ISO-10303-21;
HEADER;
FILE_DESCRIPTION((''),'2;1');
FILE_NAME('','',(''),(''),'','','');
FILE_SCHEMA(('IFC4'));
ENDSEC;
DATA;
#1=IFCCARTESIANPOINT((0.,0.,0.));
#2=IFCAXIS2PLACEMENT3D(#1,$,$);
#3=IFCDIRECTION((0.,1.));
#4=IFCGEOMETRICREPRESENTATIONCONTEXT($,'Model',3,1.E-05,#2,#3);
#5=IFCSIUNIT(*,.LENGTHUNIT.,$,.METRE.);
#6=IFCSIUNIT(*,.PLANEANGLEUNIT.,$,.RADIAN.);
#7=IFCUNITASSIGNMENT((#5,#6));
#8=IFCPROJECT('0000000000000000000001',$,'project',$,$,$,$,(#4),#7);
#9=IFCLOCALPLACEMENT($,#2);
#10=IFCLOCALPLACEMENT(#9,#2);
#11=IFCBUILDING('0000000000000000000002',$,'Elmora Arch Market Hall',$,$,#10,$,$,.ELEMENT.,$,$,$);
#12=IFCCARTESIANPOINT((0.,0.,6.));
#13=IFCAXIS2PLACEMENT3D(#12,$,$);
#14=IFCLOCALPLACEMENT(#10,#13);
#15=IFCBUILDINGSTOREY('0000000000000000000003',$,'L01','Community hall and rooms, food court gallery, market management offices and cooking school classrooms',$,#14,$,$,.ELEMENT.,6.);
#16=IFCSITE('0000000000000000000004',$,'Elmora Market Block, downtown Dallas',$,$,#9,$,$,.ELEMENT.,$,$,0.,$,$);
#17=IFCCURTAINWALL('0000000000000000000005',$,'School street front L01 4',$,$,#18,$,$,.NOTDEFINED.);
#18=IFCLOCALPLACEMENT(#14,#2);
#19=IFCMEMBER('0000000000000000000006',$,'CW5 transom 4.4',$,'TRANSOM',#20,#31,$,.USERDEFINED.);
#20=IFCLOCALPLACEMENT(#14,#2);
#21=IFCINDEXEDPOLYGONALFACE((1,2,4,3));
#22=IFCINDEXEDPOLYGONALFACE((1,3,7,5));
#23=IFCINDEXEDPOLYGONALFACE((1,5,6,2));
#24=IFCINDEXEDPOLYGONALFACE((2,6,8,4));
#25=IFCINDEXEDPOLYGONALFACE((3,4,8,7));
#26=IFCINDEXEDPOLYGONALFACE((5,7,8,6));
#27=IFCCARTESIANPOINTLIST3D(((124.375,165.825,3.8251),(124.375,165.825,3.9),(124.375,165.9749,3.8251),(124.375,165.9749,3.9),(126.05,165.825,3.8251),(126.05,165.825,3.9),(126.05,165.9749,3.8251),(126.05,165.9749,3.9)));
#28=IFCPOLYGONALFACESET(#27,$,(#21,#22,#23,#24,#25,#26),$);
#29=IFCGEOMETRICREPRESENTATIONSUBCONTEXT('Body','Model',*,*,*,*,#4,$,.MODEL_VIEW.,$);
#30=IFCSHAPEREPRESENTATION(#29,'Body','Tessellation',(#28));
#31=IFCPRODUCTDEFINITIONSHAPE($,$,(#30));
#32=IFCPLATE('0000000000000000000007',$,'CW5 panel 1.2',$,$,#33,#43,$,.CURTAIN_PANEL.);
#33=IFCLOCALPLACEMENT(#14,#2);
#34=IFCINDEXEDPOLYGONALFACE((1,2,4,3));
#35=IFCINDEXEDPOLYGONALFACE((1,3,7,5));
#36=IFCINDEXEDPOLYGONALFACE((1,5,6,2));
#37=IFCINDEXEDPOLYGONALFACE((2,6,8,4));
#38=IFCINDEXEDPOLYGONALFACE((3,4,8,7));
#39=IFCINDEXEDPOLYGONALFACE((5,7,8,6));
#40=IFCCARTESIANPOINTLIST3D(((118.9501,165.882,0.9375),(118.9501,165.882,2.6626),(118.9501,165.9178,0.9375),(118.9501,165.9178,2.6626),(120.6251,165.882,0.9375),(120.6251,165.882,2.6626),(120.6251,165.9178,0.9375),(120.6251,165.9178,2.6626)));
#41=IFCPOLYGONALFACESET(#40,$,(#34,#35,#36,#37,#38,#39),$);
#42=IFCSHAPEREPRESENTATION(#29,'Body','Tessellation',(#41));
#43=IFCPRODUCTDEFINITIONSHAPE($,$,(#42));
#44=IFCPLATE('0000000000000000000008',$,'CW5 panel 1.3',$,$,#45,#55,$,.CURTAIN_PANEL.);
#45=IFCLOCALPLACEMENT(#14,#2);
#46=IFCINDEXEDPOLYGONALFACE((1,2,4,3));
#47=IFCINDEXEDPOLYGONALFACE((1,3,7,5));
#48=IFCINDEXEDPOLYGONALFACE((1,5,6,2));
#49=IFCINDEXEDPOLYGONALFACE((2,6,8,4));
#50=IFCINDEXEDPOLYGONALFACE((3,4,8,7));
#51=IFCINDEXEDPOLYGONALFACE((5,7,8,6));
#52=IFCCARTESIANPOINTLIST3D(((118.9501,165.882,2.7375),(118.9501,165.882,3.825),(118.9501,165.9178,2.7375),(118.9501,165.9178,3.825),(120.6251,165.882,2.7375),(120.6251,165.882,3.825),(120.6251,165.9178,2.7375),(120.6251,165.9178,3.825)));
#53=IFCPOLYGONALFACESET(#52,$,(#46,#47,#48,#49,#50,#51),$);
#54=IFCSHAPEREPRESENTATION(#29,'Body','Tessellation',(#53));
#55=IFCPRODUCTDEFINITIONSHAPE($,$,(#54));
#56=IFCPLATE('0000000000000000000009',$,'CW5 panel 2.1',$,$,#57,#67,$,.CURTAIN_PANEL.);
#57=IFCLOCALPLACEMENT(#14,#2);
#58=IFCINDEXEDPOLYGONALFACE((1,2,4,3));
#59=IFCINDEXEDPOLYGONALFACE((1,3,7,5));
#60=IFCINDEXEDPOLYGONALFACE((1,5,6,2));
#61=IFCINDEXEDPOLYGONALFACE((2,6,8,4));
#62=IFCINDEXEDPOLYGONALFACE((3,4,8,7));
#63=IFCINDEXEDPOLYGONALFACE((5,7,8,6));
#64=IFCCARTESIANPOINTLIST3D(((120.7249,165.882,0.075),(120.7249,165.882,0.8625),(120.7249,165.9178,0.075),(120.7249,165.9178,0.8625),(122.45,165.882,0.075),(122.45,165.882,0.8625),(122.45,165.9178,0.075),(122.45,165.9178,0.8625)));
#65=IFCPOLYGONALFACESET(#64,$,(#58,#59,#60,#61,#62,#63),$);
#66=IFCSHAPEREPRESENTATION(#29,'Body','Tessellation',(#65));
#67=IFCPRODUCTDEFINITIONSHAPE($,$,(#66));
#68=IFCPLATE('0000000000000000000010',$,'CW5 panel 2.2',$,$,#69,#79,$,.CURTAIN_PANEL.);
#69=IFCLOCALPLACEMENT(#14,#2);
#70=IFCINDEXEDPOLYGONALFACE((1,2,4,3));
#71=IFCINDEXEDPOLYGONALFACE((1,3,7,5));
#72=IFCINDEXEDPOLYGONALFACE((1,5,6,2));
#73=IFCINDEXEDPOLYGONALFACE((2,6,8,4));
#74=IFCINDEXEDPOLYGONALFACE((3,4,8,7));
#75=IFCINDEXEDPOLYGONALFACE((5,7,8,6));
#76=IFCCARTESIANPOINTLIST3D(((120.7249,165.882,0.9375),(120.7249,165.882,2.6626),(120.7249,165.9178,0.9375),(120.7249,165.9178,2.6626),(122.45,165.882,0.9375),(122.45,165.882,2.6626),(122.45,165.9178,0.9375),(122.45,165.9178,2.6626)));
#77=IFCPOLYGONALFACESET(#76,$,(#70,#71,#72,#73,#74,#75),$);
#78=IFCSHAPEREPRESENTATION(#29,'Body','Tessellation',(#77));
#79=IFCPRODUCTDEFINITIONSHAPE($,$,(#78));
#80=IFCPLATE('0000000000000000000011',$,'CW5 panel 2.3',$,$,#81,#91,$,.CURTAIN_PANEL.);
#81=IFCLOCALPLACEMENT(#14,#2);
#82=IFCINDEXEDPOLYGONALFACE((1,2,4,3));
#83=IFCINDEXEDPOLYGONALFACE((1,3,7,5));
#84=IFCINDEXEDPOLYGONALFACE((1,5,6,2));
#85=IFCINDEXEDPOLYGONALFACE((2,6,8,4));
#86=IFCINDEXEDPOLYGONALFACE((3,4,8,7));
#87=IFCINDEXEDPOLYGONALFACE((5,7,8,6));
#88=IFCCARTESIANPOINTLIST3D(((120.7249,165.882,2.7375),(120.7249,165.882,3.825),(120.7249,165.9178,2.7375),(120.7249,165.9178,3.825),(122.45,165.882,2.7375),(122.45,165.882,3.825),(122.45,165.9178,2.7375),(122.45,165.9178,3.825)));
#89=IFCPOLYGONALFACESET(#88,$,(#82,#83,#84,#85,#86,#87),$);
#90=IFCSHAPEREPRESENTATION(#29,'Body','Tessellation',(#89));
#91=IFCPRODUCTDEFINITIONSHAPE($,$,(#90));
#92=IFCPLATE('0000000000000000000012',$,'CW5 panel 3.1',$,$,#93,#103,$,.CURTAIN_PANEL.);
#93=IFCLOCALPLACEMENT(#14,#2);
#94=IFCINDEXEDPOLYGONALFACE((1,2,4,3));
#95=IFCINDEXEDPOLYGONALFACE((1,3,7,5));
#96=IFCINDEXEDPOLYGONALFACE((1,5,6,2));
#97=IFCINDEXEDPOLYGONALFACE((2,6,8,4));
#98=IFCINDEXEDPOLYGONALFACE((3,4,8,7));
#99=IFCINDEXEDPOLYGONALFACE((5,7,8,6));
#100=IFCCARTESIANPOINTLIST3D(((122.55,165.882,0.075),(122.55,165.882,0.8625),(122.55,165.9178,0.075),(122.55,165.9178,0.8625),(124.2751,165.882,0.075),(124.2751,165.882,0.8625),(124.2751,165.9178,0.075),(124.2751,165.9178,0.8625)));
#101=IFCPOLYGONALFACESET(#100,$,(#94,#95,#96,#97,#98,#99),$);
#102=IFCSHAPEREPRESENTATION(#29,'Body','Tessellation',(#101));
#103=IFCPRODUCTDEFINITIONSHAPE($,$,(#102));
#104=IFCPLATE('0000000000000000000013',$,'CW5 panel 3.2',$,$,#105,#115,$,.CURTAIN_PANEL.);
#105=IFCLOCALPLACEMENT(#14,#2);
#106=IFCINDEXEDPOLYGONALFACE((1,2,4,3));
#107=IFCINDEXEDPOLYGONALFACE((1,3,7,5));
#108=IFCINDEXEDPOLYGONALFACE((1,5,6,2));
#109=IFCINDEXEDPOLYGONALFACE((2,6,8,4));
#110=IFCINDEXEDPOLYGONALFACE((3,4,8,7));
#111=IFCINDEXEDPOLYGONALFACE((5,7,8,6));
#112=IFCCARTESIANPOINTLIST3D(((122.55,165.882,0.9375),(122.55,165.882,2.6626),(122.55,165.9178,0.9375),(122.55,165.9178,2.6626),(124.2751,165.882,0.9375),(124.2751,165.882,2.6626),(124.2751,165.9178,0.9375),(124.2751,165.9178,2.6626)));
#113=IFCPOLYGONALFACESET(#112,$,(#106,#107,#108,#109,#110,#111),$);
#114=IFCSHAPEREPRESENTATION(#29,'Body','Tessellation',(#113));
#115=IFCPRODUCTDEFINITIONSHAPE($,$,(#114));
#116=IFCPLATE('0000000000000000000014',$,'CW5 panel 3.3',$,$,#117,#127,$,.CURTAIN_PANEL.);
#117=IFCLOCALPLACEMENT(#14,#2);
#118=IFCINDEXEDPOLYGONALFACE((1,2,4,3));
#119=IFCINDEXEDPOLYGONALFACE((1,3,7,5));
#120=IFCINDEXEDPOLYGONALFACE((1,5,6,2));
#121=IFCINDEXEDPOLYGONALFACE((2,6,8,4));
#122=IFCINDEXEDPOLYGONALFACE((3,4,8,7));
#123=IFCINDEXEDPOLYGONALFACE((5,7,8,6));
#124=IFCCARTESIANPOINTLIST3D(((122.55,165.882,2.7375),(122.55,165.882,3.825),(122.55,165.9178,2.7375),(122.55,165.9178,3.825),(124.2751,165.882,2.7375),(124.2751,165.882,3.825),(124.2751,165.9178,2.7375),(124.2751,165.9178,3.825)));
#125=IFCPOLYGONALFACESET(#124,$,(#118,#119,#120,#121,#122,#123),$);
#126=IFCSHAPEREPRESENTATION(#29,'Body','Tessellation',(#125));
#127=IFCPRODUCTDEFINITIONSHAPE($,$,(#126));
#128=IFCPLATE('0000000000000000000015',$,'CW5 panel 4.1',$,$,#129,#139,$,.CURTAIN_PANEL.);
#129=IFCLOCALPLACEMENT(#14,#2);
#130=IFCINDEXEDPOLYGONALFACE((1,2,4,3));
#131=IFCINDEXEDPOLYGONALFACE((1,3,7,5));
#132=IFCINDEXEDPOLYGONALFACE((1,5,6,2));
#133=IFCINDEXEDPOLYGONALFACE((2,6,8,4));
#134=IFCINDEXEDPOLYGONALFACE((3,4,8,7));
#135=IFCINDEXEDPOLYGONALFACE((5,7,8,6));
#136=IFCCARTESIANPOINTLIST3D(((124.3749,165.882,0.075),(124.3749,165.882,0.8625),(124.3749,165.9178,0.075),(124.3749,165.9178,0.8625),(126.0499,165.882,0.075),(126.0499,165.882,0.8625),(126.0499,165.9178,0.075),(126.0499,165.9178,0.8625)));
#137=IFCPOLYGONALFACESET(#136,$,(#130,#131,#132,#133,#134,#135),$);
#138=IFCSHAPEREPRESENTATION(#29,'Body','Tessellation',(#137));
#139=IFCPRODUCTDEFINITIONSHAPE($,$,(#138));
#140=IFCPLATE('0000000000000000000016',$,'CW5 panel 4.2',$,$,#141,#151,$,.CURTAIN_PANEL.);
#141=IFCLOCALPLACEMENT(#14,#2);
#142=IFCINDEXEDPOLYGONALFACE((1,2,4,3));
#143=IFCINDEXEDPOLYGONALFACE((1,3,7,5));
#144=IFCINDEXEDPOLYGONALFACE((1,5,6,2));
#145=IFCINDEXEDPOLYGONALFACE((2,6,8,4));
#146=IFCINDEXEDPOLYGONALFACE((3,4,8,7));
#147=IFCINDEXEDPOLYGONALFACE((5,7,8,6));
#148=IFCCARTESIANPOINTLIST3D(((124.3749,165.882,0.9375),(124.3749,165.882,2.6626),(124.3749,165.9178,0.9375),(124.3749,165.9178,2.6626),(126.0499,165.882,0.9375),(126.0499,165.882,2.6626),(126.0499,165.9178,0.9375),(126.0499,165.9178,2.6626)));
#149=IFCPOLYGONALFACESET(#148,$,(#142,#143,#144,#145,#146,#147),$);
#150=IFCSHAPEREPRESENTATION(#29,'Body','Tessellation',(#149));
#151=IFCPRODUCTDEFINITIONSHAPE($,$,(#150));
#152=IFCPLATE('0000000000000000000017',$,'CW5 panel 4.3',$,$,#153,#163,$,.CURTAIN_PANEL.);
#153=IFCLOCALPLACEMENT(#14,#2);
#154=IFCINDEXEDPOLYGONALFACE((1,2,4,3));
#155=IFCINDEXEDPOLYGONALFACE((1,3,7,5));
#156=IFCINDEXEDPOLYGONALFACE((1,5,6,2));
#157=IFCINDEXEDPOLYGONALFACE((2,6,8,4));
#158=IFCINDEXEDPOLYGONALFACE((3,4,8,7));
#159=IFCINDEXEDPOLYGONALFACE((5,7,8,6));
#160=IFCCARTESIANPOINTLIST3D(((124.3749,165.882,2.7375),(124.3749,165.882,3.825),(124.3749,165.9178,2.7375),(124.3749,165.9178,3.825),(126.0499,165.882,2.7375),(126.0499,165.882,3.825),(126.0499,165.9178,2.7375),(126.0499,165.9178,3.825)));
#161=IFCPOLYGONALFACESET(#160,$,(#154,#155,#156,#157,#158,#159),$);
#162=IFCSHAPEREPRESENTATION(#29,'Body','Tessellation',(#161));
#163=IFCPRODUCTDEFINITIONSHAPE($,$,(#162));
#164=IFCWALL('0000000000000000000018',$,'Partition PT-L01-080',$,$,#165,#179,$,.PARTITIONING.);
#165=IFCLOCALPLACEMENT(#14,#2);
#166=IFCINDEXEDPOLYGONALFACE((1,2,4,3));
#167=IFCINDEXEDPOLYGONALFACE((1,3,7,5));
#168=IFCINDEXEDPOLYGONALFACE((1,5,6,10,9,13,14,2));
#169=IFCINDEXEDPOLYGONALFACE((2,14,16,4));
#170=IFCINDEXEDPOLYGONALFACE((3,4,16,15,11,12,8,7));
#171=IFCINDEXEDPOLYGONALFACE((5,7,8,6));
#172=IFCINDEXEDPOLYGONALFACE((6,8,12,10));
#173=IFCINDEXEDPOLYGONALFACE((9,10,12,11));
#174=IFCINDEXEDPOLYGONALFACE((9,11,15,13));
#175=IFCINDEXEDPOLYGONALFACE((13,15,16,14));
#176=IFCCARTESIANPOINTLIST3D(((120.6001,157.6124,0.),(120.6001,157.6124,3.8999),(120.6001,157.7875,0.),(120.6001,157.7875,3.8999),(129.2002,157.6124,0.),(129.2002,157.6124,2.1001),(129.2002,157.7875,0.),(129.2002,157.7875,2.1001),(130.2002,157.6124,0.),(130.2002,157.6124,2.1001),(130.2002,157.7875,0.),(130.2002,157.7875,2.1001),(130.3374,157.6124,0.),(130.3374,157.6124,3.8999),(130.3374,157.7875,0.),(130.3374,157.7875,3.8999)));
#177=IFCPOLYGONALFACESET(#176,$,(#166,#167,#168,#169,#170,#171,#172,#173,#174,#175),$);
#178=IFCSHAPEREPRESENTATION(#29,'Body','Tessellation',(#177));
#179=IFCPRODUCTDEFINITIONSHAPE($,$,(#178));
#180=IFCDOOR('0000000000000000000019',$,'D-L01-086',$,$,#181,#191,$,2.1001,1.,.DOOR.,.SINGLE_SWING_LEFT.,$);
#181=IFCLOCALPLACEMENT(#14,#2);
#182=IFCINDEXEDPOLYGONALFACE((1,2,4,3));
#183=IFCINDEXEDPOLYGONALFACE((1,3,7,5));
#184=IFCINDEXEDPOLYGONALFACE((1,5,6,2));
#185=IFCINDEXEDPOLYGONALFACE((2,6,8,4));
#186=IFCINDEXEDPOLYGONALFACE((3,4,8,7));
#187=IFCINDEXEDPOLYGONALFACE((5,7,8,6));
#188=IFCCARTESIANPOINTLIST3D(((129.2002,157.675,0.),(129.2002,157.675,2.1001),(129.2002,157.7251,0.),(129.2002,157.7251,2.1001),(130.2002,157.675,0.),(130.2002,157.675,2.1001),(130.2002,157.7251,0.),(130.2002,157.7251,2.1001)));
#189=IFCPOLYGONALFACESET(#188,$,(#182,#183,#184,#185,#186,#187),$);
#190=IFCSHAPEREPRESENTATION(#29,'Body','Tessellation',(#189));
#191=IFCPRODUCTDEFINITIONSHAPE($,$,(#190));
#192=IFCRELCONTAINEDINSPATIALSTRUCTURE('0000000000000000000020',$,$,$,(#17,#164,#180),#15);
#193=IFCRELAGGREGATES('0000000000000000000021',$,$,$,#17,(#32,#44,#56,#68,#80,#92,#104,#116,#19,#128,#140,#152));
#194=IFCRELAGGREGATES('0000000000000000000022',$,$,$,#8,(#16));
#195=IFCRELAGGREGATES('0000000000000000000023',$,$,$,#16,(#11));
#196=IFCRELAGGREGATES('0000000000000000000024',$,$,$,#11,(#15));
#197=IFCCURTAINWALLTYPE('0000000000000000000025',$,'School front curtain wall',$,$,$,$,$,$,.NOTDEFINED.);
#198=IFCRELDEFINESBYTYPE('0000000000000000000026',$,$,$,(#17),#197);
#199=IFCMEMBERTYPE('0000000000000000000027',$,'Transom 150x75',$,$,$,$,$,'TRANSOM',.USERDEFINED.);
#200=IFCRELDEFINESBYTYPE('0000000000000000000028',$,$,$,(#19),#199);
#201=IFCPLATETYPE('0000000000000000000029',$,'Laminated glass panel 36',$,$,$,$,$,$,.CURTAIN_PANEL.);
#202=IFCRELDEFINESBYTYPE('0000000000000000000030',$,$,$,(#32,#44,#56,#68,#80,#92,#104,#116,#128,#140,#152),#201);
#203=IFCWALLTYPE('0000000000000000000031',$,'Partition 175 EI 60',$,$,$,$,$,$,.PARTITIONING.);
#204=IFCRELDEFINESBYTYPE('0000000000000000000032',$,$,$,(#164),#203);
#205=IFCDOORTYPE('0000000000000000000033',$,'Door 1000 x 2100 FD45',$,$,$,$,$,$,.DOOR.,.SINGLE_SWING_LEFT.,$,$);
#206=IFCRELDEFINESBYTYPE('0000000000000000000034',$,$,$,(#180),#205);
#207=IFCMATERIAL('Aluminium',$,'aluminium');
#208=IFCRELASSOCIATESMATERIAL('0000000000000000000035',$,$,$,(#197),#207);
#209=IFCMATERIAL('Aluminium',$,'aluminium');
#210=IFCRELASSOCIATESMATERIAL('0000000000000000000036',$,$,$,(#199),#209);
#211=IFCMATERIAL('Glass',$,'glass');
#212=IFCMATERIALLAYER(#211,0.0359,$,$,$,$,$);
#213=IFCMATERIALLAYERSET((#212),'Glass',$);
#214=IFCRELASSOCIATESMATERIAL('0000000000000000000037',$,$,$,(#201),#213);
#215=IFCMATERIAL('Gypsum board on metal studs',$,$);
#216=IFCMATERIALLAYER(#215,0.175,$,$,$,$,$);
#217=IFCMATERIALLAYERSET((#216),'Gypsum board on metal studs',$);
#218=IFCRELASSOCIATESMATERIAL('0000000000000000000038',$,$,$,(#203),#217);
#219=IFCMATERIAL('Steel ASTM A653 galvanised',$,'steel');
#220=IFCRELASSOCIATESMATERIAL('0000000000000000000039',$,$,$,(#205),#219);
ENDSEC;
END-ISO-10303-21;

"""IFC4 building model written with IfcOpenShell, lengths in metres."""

from ifc_helpers import new_model, si_unit, direction, frame, frame_2d, origin, origin_2d, place, context, subcontext, project, spatial, rectangle, extrude, material, layer, layer_set, material_profile, profile_set, type_object, element, fill, aggregate, save


model = new_model("IFC4")

# Units and contexts
model_context = context("Model", 3, precision=1e-05, world=origin(), true_north=direction((0.0, 1.0)))
body_context = subcontext(model_context, "Body", "Model", "MODEL_VIEW")
ifc_project = project(units=[si_unit("LENGTHUNIT", "METRE"), si_unit("PLANEANGLEUNIT", "RADIAN")], contexts=[model_context])

# Site, building, storey
site_placement = place(None, origin())
site = spatial("IfcSite", under=ifc_project, at=site_placement, Name="Elmora Market Block, downtown Dallas", CompositionType="ELEMENT", RefElevation=0.0)
building_placement = place(site_placement, origin())
building = spatial("IfcBuilding", under=site, at=building_placement, Name="Elmora Arch Market Hall", CompositionType="ELEMENT")
storey_placement = place(building_placement, frame((0.0, 0.0, 6.0)))
storey = spatial("IfcBuildingStorey", under=building, at=storey_placement, Name="L01", Description="Community hall and rooms, food court gallery, market management offices and cooking school classrooms", CompositionType="ELEMENT", Elevation=6.0)

# Curtain wall, member, plates
ifc_material_1 = material(Name="Aluminium", Category="aluminium")
curtain_wall_type = type_object("IfcCurtainWallType", Name="School front curtain wall", PredefinedType="NOTDEFINED", material=ifc_material_1)
curtain_wall_placement = place(storey_placement, origin())
curtain_wall = element("IfcCurtainWall", 1, at=curtain_wall_placement, inside=storey, type_object=curtain_wall_type, Name="School street front L01 4", PredefinedType="NOTDEFINED")
ifc_material_2 = material(Name="Aluminium", Category="aluminium")
ifc_material_profile_1 = material_profile(ifc_material_2, rectangle(XDim=0.1499, YDim=0.075, at=origin_2d()), Name="AL 150x75")
ifc_profile_set_1 = profile_set([ifc_material_profile_1], Name="Aluminium")
member_type_1 = type_object("IfcMemberType", Name="Transom 150x75", ElementType="TRANSOM", PredefinedType="USERDEFINED", material=ifc_profile_set_1)
member_1_placement = place(storey_placement, frame((124.375, 165.8999, 3.8625), z_axis=(1.0, 0.0, 0.0), x_axis=(0.0, 1.0, 0.0)))
member_1 = element("IfcMember", 2, at=member_1_placement, type_object=member_type_1, Name="CW5 transom 4.4", ObjectType="TRANSOM", PredefinedType="USERDEFINED", context=body_context, shape_type="SweptSolid", body=[
    extrude(rectangle(XDim=0.1499, YDim=0.075, at=origin_2d()), origin(), (0.0, 0.0, 1.0), 1.675),
])
ifc_material_3 = material(Name="Glass", Category="glass")
ifc_layer_1 = layer(ifc_material_3, 0.0359)
ifc_layer_set_1 = layer_set([ifc_layer_1], Name="Glass")
plate_type = type_object("IfcPlateType", Name="Laminated glass panel 36", PredefinedType="CURTAIN_PANEL", material=ifc_layer_set_1)
plate_1_placement = place(storey_placement, frame((119.7876, 165.8999, 0.9375), z_axis=(0.0, 0.0, 1.0), x_axis=(1.0, 0.0, 0.0)))
plate_1 = element("IfcPlate", 3, at=plate_1_placement, type_object=plate_type, Name="CW5 panel 1.2", PredefinedType="CURTAIN_PANEL", context=body_context, shape_type="SweptSolid", body=[
    extrude(rectangle(XDim=1.675, YDim=0.0359, at=origin_2d()), origin(), (0.0, 0.0, 1.0), 1.7251),
])
plate_2_placement = place(storey_placement, frame((119.7876, 165.8999, 2.7375), z_axis=(0.0, 0.0, 1.0), x_axis=(1.0, 0.0, 0.0)))
plate_2 = element("IfcPlate", 4, at=plate_2_placement, type_object=plate_type, Name="CW5 panel 1.3", PredefinedType="CURTAIN_PANEL", context=body_context, shape_type="SweptSolid", body=[
    extrude(rectangle(XDim=1.675, YDim=0.0359, at=origin_2d()), origin(), (0.0, 0.0, 1.0), 1.0874),
])
plate_3_placement = place(storey_placement, frame((121.5874, 165.8999, 0.075), z_axis=(0.0, 0.0, 1.0), x_axis=(1.0, 0.0, 0.0)))
plate_3 = element("IfcPlate", 5, at=plate_3_placement, type_object=plate_type, Name="CW5 panel 2.1", PredefinedType="CURTAIN_PANEL", context=body_context, shape_type="SweptSolid", body=[
    extrude(rectangle(XDim=1.7251, YDim=0.0359, at=origin_2d()), origin(), (0.0, 0.0, 1.0), 0.7876),
])
plate_4_placement = place(storey_placement, frame((121.5874, 165.8999, 0.9375), z_axis=(0.0, 0.0, 1.0), x_axis=(1.0, 0.0, 0.0)))
plate_4 = element("IfcPlate", 6, at=plate_4_placement, type_object=plate_type, Name="CW5 panel 2.2", PredefinedType="CURTAIN_PANEL", context=body_context, shape_type="SweptSolid", body=[
    extrude(rectangle(XDim=1.7251, YDim=0.0359, at=origin_2d()), origin(), (0.0, 0.0, 1.0), 1.7251),
])
plate_5_placement = place(storey_placement, frame((121.5874, 165.8999, 2.7375), z_axis=(0.0, 0.0, 1.0), x_axis=(1.0, 0.0, 0.0)))
plate_5 = element("IfcPlate", 7, at=plate_5_placement, type_object=plate_type, Name="CW5 panel 2.3", PredefinedType="CURTAIN_PANEL", context=body_context, shape_type="SweptSolid", body=[
    extrude(rectangle(XDim=1.7251, YDim=0.0359, at=origin_2d()), origin(), (0.0, 0.0, 1.0), 1.0874),
])
plate_6_placement = place(storey_placement, frame((123.4126, 165.8999, 0.075), z_axis=(0.0, 0.0, 1.0), x_axis=(1.0, 0.0, 0.0)))
plate_6 = element("IfcPlate", 8, at=plate_6_placement, type_object=plate_type, Name="CW5 panel 3.1", PredefinedType="CURTAIN_PANEL", context=body_context, shape_type="SweptSolid", body=[
    extrude(rectangle(XDim=1.7251, YDim=0.0359, at=origin_2d()), origin(), (0.0, 0.0, 1.0), 0.7876),
])
plate_7_placement = place(storey_placement, frame((123.4126, 165.8999, 0.9375), z_axis=(0.0, 0.0, 1.0), x_axis=(1.0, 0.0, 0.0)))
plate_7 = element("IfcPlate", 9, at=plate_7_placement, type_object=plate_type, Name="CW5 panel 3.2", PredefinedType="CURTAIN_PANEL", context=body_context, shape_type="SweptSolid", body=[
    extrude(rectangle(XDim=1.7251, YDim=0.0359, at=origin_2d()), origin(), (0.0, 0.0, 1.0), 1.7251),
])
plate_8_placement = place(storey_placement, frame((123.4126, 165.8999, 2.7375), z_axis=(0.0, 0.0, 1.0), x_axis=(1.0, 0.0, 0.0)))
plate_8 = element("IfcPlate", 10, at=plate_8_placement, type_object=plate_type, Name="CW5 panel 3.3", PredefinedType="CURTAIN_PANEL", context=body_context, shape_type="SweptSolid", body=[
    extrude(rectangle(XDim=1.7251, YDim=0.0359, at=origin_2d()), origin(), (0.0, 0.0, 1.0), 1.0874),
])
plate_9_placement = place(storey_placement, frame((125.2124, 165.8999, 0.075), z_axis=(0.0, 0.0, 1.0), x_axis=(1.0, 0.0, 0.0)))
plate_9 = element("IfcPlate", 11, at=plate_9_placement, type_object=plate_type, Name="CW5 panel 4.1", PredefinedType="CURTAIN_PANEL", context=body_context, shape_type="SweptSolid", body=[
    extrude(rectangle(XDim=1.675, YDim=0.0359, at=origin_2d()), origin(), (0.0, 0.0, 1.0), 0.7876),
])
plate_10_placement = place(storey_placement, frame((125.2124, 165.8999, 0.9375), z_axis=(0.0, 0.0, 1.0), x_axis=(1.0, 0.0, 0.0)))
plate_10 = element("IfcPlate", 12, at=plate_10_placement, type_object=plate_type, Name="CW5 panel 4.2", PredefinedType="CURTAIN_PANEL", context=body_context, shape_type="SweptSolid", body=[
    extrude(rectangle(XDim=1.675, YDim=0.0359, at=origin_2d()), origin(), (0.0, 0.0, 1.0), 1.7251),
])
plate_11_placement = place(storey_placement, frame((125.2124, 165.8999, 2.7375), z_axis=(0.0, 0.0, 1.0), x_axis=(1.0, 0.0, 0.0)))
plate_11 = element("IfcPlate", 13, at=plate_11_placement, type_object=plate_type, Name="CW5 panel 4.3", PredefinedType="CURTAIN_PANEL", context=body_context, shape_type="SweptSolid", body=[
    extrude(rectangle(XDim=1.675, YDim=0.0359, at=origin_2d()), origin(), (0.0, 0.0, 1.0), 1.0874),
])
aggregate(curtain_wall, [plate_1, plate_2, plate_3, plate_4, plate_5, plate_6, plate_7, plate_8, member_1, plate_9, plate_10, plate_11])

# Wall, opening, door
ifc_material_4 = material(Name="Gypsum board on metal studs")
ifc_layer_2 = layer(ifc_material_4, 0.175)
ifc_layer_set_2 = layer_set([ifc_layer_2], Name="Gypsum board on metal studs")
wall_type = type_object("IfcWallType", Name="Partition 175 EI 60", PredefinedType="PARTITIONING", material=ifc_layer_set_2)
wall_placement = place(storey_placement, frame((120.6001, 157.7, 0.0), z_axis=(0.0, 0.0, 1.0), x_axis=(1.0, 0.0, 0.0)))
wall = element("IfcWall", 14, at=wall_placement, inside=storey, type_object=wall_type, Name="Partition PT-L01-080", PredefinedType="PARTITIONING", context=body_context, shape_type="SweptSolid", body=[
    extrude(rectangle(XDim=9.7373, YDim=0.175, at=frame_2d((4.8687, 0.0))), origin(), (0.0, 0.0, 1.0), 3.8999),
])
opening_placement = place(wall_placement, frame((8.6001, 0.0, 0.0)))
opening = element("IfcOpeningElement", 15, at=opening_placement, cuts=wall, PredefinedType="OPENING", context=body_context, shape_type="SweptSolid", body=[
    extrude(rectangle(XDim=1.0, YDim=2.1001, at=frame_2d((0.5, 1.05))), frame((0.0, 0.0974, 0.0), z_axis=(0.0, -1.0, 0.0), x_axis=(1.0, 0.0, 0.0)), (0.0, 0.0, 1.0), 0.1951),
])
ifc_material_5 = material(Name="Steel ASTM A653 galvanised", Category="steel")
door_type = type_object("IfcDoorType", Name="Door 1000 x 2100 FD45", OperationType="SINGLE_SWING_LEFT", PredefinedType="DOOR", material=ifc_material_5)
door_placement = place(opening_placement, frame((1.0, 0.0, 0.0), z_axis=(0.0, 0.0, 1.0), x_axis=(-1.0, 0.0, 0.0)))
door = element("IfcDoor", 16, at=door_placement, inside=storey, type_object=door_type, Name="D-L01-086", OperationType="SINGLE_SWING_LEFT", OverallHeight=2.1001, OverallWidth=1.0, PredefinedType="DOOR", context=body_context, shape_type="SweptSolid", body=[
    extrude(rectangle(XDim=1.0, YDim=2.1001, at=frame_2d((0.5, 1.05))), frame((0.0, 0.0249, 0.0), z_axis=(0.0, -1.0, 0.0), x_axis=(1.0, 0.0, 0.0)), (0.0, 0.0, 1.0), 0.05),
])
fill(opening, door)

save(model, "model.ifc")
